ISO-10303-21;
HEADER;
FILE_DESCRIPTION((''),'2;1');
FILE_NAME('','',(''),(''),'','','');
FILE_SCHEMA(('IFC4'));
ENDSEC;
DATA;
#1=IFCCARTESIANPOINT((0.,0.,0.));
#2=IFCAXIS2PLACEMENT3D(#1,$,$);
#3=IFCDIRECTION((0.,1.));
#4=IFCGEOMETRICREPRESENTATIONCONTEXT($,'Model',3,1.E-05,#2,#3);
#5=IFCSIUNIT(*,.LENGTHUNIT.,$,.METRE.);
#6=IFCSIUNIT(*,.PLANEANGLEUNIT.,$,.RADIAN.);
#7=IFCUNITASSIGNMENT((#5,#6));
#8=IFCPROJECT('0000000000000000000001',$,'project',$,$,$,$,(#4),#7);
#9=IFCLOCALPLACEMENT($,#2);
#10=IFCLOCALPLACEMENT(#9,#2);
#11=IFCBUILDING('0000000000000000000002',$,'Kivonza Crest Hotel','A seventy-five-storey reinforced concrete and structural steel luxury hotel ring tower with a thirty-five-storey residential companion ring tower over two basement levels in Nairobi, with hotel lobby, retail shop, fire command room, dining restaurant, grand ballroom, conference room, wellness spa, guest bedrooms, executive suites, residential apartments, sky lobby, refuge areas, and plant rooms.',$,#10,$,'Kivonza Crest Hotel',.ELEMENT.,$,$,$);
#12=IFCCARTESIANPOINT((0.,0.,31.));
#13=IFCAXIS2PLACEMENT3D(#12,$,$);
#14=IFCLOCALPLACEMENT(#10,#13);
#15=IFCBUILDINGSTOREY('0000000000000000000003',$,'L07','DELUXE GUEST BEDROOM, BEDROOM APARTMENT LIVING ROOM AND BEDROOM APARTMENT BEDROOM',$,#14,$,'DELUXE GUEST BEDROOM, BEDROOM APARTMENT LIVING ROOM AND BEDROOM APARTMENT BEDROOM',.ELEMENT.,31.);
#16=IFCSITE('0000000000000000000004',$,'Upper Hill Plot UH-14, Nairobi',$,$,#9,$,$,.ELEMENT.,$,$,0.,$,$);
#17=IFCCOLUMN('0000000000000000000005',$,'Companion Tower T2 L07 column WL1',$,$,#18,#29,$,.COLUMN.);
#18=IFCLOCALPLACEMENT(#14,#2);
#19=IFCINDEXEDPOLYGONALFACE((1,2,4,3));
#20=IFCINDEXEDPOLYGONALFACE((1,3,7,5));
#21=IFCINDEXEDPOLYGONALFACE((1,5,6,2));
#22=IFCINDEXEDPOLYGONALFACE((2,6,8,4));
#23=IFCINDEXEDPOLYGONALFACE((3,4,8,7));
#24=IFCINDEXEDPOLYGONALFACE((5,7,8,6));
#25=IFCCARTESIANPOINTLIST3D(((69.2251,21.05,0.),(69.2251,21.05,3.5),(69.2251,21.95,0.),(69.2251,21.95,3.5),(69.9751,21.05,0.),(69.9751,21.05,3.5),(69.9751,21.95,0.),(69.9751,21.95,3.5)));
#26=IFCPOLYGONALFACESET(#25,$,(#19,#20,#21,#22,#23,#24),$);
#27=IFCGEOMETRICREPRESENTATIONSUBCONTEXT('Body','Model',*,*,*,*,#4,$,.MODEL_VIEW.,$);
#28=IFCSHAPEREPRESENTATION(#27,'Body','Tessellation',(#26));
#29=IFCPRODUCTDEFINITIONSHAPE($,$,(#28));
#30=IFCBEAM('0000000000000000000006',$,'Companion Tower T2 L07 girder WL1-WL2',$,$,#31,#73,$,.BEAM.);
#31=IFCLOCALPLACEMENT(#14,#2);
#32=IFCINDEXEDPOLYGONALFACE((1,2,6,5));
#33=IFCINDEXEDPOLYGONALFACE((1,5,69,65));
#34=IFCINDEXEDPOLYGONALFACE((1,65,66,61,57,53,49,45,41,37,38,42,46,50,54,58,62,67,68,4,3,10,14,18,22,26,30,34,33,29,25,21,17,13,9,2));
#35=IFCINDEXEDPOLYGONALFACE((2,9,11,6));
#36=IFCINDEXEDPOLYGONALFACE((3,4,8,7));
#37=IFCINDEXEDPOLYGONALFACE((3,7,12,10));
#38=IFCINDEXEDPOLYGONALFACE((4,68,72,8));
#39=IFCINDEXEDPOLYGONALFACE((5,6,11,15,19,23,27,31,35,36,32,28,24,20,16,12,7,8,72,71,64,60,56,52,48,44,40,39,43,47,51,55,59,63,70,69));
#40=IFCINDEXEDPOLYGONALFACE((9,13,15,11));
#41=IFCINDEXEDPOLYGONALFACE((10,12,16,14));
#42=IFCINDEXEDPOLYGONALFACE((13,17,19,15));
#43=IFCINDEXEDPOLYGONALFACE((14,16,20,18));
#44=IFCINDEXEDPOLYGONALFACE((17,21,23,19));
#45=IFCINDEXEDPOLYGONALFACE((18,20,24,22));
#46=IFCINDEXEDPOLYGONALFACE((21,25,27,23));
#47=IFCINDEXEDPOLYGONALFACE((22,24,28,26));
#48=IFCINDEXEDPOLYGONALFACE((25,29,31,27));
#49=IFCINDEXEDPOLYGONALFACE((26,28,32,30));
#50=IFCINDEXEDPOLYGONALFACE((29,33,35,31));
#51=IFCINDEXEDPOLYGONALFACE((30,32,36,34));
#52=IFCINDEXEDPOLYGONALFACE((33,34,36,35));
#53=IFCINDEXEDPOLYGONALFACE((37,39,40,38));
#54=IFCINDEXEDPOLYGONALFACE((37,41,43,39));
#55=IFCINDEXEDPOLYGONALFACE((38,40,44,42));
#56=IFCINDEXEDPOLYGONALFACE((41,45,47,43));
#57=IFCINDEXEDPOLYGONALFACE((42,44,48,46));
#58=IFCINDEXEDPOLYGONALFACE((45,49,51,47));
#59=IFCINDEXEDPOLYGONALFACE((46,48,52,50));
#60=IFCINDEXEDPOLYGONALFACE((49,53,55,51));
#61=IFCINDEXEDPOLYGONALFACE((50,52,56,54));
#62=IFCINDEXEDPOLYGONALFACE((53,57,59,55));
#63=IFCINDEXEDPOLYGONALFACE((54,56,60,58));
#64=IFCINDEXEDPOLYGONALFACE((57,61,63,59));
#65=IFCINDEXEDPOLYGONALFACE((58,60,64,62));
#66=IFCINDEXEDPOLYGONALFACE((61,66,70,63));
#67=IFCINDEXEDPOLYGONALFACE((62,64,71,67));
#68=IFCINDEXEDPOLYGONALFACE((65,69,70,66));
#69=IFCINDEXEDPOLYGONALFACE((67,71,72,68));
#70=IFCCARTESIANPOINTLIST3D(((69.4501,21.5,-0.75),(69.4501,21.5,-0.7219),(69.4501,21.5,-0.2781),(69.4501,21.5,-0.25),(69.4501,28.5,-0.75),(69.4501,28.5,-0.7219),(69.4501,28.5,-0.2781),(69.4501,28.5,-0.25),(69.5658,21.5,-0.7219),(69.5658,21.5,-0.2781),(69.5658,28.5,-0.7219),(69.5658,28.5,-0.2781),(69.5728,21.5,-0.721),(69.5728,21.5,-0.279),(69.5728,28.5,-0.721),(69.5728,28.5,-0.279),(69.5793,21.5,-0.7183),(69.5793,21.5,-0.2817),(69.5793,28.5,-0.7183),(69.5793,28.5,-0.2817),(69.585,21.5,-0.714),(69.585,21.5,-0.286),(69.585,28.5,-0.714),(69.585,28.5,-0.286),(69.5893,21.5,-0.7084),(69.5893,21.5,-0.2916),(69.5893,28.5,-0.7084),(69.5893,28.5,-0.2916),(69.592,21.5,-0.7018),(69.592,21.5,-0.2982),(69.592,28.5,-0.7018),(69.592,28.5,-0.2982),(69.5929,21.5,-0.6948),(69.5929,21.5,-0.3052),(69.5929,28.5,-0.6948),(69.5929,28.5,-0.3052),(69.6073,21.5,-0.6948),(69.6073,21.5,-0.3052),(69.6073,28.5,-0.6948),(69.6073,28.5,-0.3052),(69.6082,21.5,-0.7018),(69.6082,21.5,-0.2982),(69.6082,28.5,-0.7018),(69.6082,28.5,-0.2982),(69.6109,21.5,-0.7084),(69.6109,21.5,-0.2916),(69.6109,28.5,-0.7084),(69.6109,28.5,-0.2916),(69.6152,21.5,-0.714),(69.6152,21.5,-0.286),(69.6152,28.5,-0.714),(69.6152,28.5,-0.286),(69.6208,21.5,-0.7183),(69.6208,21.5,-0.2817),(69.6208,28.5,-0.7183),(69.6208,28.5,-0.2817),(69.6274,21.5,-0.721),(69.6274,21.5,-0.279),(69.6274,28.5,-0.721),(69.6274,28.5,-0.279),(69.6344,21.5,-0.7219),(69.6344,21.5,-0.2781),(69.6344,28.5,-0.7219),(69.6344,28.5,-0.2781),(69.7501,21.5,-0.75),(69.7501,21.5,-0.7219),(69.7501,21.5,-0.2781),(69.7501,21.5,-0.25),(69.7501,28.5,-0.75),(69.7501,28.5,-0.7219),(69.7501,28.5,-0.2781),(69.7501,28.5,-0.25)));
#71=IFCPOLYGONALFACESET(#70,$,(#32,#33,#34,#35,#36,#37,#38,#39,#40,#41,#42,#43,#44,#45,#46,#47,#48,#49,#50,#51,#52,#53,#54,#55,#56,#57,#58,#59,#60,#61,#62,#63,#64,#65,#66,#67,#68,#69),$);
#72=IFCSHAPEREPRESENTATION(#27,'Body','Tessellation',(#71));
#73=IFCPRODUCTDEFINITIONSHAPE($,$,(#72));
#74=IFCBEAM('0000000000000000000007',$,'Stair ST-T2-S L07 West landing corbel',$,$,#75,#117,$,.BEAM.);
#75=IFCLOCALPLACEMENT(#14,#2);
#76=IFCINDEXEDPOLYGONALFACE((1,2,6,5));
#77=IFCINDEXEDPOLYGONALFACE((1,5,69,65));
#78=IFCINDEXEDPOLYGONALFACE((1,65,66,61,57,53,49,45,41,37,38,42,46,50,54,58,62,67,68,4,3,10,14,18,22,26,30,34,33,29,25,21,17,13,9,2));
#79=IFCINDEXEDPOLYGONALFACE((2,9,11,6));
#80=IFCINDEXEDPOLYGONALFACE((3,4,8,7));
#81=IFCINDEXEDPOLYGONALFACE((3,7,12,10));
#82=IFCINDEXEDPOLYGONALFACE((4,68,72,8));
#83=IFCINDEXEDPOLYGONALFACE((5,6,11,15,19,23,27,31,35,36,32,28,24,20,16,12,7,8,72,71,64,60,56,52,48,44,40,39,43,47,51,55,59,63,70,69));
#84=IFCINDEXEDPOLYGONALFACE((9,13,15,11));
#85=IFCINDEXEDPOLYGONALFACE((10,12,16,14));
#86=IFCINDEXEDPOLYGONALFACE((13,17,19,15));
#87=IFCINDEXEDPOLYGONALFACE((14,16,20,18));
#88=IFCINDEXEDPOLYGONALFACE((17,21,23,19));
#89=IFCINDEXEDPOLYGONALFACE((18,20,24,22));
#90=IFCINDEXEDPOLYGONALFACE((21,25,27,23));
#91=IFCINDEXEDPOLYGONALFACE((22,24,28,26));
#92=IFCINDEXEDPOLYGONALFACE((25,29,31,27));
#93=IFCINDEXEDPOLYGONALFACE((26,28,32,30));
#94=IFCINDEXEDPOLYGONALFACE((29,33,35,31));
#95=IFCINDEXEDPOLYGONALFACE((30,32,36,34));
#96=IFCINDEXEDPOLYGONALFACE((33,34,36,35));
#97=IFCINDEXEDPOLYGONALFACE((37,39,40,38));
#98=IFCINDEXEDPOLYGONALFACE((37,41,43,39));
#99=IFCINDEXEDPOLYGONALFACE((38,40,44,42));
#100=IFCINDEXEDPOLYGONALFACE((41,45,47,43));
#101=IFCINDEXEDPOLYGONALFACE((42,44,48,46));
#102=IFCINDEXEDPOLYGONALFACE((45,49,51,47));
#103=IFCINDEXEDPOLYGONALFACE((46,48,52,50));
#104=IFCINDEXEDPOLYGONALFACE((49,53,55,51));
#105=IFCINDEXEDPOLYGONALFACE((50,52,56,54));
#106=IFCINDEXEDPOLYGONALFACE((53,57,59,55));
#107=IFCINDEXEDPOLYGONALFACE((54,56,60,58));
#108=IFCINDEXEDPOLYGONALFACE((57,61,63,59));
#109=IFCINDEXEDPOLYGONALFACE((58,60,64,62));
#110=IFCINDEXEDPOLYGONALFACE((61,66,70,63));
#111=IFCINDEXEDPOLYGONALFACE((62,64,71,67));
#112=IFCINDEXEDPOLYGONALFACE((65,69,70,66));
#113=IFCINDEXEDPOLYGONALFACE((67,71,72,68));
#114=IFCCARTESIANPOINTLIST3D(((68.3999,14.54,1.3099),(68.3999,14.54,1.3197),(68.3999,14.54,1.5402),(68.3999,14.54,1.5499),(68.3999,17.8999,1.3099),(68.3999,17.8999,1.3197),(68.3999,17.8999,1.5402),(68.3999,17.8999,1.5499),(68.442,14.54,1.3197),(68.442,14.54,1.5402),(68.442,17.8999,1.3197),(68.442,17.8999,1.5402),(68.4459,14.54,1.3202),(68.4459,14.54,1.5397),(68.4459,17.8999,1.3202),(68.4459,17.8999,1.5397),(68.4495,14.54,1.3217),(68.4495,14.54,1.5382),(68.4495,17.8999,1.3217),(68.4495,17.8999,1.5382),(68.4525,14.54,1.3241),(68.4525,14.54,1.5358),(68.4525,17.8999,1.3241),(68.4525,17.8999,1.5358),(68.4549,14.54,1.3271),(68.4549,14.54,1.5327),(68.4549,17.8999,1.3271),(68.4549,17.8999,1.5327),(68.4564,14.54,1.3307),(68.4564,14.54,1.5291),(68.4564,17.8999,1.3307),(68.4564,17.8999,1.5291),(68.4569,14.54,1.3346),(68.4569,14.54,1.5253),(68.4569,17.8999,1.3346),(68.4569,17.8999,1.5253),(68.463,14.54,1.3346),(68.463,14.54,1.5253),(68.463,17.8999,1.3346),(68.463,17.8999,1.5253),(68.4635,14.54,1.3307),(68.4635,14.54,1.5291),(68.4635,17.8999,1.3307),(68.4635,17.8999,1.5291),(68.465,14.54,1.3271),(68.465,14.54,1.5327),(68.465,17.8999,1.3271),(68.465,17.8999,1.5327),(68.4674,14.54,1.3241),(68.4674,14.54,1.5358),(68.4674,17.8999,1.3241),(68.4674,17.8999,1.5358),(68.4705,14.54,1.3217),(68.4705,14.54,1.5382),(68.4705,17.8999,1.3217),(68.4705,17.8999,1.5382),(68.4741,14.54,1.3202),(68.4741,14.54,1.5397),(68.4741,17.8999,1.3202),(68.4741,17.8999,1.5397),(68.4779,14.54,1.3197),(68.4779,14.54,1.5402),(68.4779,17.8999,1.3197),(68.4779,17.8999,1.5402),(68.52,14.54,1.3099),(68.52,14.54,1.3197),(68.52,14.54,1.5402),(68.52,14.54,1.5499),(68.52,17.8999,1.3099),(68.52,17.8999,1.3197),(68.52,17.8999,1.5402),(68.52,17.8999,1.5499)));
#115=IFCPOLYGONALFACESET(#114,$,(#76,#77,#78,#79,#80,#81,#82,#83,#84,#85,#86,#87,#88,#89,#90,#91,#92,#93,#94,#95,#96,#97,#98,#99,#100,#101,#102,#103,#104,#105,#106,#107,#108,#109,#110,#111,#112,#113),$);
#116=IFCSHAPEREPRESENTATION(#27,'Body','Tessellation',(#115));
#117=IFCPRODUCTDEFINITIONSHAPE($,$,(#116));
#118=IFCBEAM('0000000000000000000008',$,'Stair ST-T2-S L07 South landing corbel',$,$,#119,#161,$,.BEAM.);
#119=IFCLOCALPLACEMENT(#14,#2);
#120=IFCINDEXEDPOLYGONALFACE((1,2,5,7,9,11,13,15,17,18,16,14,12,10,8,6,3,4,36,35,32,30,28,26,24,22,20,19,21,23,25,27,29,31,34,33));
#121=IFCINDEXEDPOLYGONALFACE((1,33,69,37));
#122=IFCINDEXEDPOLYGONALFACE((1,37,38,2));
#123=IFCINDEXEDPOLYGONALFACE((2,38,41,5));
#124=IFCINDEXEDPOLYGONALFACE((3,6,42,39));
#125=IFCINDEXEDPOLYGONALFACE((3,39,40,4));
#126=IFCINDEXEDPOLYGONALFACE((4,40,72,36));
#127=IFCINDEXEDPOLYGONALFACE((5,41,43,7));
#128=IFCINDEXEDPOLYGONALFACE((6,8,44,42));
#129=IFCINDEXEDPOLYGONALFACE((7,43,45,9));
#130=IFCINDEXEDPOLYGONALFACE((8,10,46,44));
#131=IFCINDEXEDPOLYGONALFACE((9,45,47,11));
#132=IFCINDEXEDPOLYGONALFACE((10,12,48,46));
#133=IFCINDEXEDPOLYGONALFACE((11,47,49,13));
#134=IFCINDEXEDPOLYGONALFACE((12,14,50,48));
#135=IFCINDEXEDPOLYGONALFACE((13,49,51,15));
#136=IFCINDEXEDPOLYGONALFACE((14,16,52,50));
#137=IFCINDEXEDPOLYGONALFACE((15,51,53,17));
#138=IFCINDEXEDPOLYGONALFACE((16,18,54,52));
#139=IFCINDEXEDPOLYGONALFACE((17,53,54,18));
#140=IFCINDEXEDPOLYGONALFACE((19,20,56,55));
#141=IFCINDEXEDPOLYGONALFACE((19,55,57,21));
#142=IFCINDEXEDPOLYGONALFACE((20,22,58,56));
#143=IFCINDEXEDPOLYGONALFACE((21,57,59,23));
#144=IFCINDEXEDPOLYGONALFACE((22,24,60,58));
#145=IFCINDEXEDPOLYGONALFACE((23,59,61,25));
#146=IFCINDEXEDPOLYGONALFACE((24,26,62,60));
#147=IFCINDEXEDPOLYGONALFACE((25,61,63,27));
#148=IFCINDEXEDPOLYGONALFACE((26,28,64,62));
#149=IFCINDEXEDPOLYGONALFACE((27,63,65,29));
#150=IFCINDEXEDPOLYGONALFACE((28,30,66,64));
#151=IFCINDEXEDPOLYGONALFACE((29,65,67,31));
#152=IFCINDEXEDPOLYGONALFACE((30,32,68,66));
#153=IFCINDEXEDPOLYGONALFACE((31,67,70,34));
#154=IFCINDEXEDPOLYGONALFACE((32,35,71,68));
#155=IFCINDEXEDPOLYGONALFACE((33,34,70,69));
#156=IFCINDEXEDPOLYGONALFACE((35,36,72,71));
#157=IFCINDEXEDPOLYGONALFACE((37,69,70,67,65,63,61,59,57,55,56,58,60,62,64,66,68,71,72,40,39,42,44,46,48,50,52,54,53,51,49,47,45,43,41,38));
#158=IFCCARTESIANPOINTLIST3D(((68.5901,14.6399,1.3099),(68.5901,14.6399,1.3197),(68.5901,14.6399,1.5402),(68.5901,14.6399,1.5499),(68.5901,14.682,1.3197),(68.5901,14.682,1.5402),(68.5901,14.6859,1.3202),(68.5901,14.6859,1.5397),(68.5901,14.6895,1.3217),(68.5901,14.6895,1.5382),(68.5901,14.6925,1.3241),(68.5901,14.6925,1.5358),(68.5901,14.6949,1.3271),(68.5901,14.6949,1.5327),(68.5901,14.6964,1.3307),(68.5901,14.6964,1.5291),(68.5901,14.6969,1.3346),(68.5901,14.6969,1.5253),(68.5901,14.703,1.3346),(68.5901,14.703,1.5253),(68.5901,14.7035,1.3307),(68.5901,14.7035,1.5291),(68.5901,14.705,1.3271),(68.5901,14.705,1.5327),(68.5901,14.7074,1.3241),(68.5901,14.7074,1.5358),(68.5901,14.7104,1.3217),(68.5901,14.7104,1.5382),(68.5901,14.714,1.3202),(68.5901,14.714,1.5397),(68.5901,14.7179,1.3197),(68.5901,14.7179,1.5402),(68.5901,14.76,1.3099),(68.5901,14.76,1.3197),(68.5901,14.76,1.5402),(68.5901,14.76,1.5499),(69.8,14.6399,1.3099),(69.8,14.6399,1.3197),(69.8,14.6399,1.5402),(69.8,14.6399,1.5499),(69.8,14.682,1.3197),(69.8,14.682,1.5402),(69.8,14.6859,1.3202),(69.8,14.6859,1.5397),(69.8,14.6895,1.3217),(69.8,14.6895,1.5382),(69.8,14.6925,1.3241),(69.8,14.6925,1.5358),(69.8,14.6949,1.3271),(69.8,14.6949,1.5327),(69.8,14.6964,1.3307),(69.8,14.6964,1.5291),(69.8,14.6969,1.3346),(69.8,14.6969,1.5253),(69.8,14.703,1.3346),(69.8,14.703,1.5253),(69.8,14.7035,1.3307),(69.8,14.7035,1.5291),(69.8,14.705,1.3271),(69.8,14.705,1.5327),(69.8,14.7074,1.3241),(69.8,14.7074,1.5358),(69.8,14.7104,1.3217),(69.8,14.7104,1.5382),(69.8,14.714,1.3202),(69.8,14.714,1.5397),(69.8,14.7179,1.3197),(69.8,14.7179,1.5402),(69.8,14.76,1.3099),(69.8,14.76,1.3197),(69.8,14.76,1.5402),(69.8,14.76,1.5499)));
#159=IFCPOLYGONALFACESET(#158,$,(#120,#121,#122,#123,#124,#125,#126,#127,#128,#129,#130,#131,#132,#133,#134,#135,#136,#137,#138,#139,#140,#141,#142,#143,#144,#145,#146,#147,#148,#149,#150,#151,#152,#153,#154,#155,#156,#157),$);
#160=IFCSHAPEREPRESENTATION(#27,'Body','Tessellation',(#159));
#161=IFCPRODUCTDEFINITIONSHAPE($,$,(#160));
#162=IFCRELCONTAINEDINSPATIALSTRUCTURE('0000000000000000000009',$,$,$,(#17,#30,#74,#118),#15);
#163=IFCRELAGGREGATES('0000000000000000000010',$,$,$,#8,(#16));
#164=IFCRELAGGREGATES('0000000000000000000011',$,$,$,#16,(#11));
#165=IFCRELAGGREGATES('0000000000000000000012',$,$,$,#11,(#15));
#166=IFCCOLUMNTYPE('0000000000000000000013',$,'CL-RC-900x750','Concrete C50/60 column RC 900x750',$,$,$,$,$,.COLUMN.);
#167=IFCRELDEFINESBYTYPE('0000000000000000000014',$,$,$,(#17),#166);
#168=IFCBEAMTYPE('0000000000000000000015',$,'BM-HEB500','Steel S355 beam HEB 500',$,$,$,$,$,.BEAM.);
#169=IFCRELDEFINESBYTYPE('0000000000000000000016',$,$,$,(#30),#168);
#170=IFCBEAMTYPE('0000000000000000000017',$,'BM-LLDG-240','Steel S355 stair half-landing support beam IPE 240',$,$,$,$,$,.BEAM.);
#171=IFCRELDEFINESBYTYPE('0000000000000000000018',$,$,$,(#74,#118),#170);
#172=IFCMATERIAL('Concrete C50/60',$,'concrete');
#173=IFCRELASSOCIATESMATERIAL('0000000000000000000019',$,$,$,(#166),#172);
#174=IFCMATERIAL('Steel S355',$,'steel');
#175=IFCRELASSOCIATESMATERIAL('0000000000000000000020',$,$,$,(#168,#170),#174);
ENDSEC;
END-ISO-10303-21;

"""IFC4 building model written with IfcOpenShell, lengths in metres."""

from ifc_helpers import new_model, si_unit, direction, frame, origin, origin_2d, place, context, subcontext, project, spatial, rectangle, i_section, extrude, material, material_profile, profile_set, type_object, element, save


model = new_model("IFC4")

# Units and contexts
model_context = context("Model", 3, precision=1e-05, world=origin(), true_north=direction((0.0, 1.0)))
body_context = subcontext(model_context, "Body", "Model", "MODEL_VIEW")
ifc_project = project(units=[si_unit("LENGTHUNIT", "METRE"), si_unit("PLANEANGLEUNIT", "RADIAN")], contexts=[model_context])

# Site, building, storey
site_placement = place(None, origin())
site = spatial("IfcSite", under=ifc_project, at=site_placement, Name="Upper Hill Plot UH-14, Nairobi", CompositionType="ELEMENT", RefElevation=0.0)
building_placement = place(site_placement, origin())
building = spatial("IfcBuilding", under=site, at=building_placement, Name="Kivonza Crest Hotel", Description="A seventy-five-storey reinforced concrete and structural steel luxury hotel ring tower with a thirty-five-storey residential companion ring tower over two basement levels in Nairobi, with hotel lobby, retail shop, fire command room, dining restaurant, grand ballroom, conference room, wellness spa, guest bedrooms, executive suites, residential apartments, sky lobby, refuge areas, and plant rooms.", LongName="Kivonza Crest Hotel", CompositionType="ELEMENT")
storey_placement = place(building_placement, frame((0.0, 0.0, 31.0)))
storey = spatial("IfcBuildingStorey", under=building, at=storey_placement, Name="L07", Description="DELUXE GUEST BEDROOM, BEDROOM APARTMENT LIVING ROOM AND BEDROOM APARTMENT BEDROOM", LongName="DELUXE GUEST BEDROOM, BEDROOM APARTMENT LIVING ROOM AND BEDROOM APARTMENT BEDROOM", CompositionType="ELEMENT", Elevation=31.0)

# Column
ifc_material_1 = material(Name="Concrete C50/60", Category="concrete")
ifc_material_profile_1 = material_profile(ifc_material_1, rectangle(XDim=0.75, YDim=0.8999, at=origin_2d()), Name="RC 900x750")
ifc_profile_set_1 = profile_set([ifc_material_profile_1], Name="Concrete C50/60")
column_type = type_object("IfcColumnType", Name="CL-RC-900x750", Description="Concrete C50/60 column RC 900x750", PredefinedType="COLUMN", material=ifc_profile_set_1)
column_placement = place(storey_placement, frame((69.6001, 21.5, 0.0), z_axis=(0.0, 0.0, 1.0), x_axis=(1.0, 0.0, 0.0)))
element("IfcColumn", 1, at=column_placement, inside=storey, type_object=column_type, Name="Companion Tower T2 L07 column WL1", PredefinedType="COLUMN", context=body_context, shape_type="SweptSolid", body=[
    extrude(rectangle(XDim=0.75, YDim=0.8999, at=origin_2d()), origin(), (0.0, 0.0, 1.0), 3.5),
])

# Beams
ifc_material_2 = material(Name="Steel S355", Category="steel")
ifc_material_profile_2 = material_profile(ifc_material_2, i_section(OverallWidth=0.3, OverallDepth=0.5, WebThickness=0.0144, FlangeThickness=0.0281, FilletRadius=0.0271, at=origin_2d()), Name="HEB 500")
ifc_profile_set_2 = profile_set([ifc_material_profile_2], Name="Steel S355")
beam_type_1 = type_object("IfcBeamType", Name="BM-HEB500", Description="Steel S355 beam HEB 500", PredefinedType="BEAM", material=ifc_profile_set_2)
beam_1_placement = place(storey_placement, frame((69.6001, 21.5, -0.5), z_axis=(0.0, 1.0, 0.0), x_axis=(-1.0, 0.0, 0.0)))
element("IfcBeam", 2, at=beam_1_placement, inside=storey, type_object=beam_type_1, Name="Companion Tower T2 L07 girder WL1-WL2", PredefinedType="BEAM", context=body_context, shape_type="SweptSolid", body=[
    extrude(i_section(OverallWidth=0.3, OverallDepth=0.5, WebThickness=0.0144, FlangeThickness=0.0281, FilletRadius=0.0271, at=origin_2d()), origin(), (0.0, 0.0, 1.0), 7.0),
])
ifc_material_profile_3 = material_profile(ifc_material_2, i_section(OverallWidth=0.1201, OverallDepth=0.24, WebThickness=0.0061, FlangeThickness=0.0098, FilletRadius=0.0149, at=origin_2d()), Name="IPE 240")
ifc_profile_set_3 = profile_set([ifc_material_profile_3], Name="Steel S355")
beam_type_2 = type_object("IfcBeamType", Name="BM-LLDG-240", Description="Steel S355 stair half-landing support beam IPE 240", PredefinedType="BEAM", material=ifc_profile_set_3)
beam_2_placement = place(storey_placement, frame((68.46, 14.54, 1.4299), z_axis=(0.0, 1.0, 0.0), x_axis=(-1.0, 0.0, 0.0)))
element("IfcBeam", 3, at=beam_2_placement, inside=storey, type_object=beam_type_2, Name="Stair ST-T2-S L07 West landing corbel", PredefinedType="BEAM", context=body_context, shape_type="SweptSolid", body=[
    extrude(i_section(OverallWidth=0.1201, OverallDepth=0.24, WebThickness=0.0061, FlangeThickness=0.0098, FilletRadius=0.0149, at=origin_2d()), origin(), (0.0, 0.0, 1.0), 3.3599),
])
for number, where, z_axis, x_axis, name in (
    (4, (68.5901, 14.7, 1.4299), (1.0, 0.0, 0.0), (0.0, 1.0, 0.0), "Stair ST-T2-S L07 South landing corbel"),
):
    element("IfcBeam", number, at=place(storey_placement, frame(where, z_axis=z_axis, x_axis=x_axis)), inside=storey, type_object=beam_type_2, Name=name, PredefinedType="BEAM", context=body_context, shape_type="SweptSolid", body=[
        extrude(i_section(OverallWidth=0.1201, OverallDepth=0.24, WebThickness=0.0061, FlangeThickness=0.0098, FilletRadius=0.0149, at=origin_2d()), origin(), (0.0, 0.0, 1.0), 1.21),
    ])

save(model, "model.ifc")
